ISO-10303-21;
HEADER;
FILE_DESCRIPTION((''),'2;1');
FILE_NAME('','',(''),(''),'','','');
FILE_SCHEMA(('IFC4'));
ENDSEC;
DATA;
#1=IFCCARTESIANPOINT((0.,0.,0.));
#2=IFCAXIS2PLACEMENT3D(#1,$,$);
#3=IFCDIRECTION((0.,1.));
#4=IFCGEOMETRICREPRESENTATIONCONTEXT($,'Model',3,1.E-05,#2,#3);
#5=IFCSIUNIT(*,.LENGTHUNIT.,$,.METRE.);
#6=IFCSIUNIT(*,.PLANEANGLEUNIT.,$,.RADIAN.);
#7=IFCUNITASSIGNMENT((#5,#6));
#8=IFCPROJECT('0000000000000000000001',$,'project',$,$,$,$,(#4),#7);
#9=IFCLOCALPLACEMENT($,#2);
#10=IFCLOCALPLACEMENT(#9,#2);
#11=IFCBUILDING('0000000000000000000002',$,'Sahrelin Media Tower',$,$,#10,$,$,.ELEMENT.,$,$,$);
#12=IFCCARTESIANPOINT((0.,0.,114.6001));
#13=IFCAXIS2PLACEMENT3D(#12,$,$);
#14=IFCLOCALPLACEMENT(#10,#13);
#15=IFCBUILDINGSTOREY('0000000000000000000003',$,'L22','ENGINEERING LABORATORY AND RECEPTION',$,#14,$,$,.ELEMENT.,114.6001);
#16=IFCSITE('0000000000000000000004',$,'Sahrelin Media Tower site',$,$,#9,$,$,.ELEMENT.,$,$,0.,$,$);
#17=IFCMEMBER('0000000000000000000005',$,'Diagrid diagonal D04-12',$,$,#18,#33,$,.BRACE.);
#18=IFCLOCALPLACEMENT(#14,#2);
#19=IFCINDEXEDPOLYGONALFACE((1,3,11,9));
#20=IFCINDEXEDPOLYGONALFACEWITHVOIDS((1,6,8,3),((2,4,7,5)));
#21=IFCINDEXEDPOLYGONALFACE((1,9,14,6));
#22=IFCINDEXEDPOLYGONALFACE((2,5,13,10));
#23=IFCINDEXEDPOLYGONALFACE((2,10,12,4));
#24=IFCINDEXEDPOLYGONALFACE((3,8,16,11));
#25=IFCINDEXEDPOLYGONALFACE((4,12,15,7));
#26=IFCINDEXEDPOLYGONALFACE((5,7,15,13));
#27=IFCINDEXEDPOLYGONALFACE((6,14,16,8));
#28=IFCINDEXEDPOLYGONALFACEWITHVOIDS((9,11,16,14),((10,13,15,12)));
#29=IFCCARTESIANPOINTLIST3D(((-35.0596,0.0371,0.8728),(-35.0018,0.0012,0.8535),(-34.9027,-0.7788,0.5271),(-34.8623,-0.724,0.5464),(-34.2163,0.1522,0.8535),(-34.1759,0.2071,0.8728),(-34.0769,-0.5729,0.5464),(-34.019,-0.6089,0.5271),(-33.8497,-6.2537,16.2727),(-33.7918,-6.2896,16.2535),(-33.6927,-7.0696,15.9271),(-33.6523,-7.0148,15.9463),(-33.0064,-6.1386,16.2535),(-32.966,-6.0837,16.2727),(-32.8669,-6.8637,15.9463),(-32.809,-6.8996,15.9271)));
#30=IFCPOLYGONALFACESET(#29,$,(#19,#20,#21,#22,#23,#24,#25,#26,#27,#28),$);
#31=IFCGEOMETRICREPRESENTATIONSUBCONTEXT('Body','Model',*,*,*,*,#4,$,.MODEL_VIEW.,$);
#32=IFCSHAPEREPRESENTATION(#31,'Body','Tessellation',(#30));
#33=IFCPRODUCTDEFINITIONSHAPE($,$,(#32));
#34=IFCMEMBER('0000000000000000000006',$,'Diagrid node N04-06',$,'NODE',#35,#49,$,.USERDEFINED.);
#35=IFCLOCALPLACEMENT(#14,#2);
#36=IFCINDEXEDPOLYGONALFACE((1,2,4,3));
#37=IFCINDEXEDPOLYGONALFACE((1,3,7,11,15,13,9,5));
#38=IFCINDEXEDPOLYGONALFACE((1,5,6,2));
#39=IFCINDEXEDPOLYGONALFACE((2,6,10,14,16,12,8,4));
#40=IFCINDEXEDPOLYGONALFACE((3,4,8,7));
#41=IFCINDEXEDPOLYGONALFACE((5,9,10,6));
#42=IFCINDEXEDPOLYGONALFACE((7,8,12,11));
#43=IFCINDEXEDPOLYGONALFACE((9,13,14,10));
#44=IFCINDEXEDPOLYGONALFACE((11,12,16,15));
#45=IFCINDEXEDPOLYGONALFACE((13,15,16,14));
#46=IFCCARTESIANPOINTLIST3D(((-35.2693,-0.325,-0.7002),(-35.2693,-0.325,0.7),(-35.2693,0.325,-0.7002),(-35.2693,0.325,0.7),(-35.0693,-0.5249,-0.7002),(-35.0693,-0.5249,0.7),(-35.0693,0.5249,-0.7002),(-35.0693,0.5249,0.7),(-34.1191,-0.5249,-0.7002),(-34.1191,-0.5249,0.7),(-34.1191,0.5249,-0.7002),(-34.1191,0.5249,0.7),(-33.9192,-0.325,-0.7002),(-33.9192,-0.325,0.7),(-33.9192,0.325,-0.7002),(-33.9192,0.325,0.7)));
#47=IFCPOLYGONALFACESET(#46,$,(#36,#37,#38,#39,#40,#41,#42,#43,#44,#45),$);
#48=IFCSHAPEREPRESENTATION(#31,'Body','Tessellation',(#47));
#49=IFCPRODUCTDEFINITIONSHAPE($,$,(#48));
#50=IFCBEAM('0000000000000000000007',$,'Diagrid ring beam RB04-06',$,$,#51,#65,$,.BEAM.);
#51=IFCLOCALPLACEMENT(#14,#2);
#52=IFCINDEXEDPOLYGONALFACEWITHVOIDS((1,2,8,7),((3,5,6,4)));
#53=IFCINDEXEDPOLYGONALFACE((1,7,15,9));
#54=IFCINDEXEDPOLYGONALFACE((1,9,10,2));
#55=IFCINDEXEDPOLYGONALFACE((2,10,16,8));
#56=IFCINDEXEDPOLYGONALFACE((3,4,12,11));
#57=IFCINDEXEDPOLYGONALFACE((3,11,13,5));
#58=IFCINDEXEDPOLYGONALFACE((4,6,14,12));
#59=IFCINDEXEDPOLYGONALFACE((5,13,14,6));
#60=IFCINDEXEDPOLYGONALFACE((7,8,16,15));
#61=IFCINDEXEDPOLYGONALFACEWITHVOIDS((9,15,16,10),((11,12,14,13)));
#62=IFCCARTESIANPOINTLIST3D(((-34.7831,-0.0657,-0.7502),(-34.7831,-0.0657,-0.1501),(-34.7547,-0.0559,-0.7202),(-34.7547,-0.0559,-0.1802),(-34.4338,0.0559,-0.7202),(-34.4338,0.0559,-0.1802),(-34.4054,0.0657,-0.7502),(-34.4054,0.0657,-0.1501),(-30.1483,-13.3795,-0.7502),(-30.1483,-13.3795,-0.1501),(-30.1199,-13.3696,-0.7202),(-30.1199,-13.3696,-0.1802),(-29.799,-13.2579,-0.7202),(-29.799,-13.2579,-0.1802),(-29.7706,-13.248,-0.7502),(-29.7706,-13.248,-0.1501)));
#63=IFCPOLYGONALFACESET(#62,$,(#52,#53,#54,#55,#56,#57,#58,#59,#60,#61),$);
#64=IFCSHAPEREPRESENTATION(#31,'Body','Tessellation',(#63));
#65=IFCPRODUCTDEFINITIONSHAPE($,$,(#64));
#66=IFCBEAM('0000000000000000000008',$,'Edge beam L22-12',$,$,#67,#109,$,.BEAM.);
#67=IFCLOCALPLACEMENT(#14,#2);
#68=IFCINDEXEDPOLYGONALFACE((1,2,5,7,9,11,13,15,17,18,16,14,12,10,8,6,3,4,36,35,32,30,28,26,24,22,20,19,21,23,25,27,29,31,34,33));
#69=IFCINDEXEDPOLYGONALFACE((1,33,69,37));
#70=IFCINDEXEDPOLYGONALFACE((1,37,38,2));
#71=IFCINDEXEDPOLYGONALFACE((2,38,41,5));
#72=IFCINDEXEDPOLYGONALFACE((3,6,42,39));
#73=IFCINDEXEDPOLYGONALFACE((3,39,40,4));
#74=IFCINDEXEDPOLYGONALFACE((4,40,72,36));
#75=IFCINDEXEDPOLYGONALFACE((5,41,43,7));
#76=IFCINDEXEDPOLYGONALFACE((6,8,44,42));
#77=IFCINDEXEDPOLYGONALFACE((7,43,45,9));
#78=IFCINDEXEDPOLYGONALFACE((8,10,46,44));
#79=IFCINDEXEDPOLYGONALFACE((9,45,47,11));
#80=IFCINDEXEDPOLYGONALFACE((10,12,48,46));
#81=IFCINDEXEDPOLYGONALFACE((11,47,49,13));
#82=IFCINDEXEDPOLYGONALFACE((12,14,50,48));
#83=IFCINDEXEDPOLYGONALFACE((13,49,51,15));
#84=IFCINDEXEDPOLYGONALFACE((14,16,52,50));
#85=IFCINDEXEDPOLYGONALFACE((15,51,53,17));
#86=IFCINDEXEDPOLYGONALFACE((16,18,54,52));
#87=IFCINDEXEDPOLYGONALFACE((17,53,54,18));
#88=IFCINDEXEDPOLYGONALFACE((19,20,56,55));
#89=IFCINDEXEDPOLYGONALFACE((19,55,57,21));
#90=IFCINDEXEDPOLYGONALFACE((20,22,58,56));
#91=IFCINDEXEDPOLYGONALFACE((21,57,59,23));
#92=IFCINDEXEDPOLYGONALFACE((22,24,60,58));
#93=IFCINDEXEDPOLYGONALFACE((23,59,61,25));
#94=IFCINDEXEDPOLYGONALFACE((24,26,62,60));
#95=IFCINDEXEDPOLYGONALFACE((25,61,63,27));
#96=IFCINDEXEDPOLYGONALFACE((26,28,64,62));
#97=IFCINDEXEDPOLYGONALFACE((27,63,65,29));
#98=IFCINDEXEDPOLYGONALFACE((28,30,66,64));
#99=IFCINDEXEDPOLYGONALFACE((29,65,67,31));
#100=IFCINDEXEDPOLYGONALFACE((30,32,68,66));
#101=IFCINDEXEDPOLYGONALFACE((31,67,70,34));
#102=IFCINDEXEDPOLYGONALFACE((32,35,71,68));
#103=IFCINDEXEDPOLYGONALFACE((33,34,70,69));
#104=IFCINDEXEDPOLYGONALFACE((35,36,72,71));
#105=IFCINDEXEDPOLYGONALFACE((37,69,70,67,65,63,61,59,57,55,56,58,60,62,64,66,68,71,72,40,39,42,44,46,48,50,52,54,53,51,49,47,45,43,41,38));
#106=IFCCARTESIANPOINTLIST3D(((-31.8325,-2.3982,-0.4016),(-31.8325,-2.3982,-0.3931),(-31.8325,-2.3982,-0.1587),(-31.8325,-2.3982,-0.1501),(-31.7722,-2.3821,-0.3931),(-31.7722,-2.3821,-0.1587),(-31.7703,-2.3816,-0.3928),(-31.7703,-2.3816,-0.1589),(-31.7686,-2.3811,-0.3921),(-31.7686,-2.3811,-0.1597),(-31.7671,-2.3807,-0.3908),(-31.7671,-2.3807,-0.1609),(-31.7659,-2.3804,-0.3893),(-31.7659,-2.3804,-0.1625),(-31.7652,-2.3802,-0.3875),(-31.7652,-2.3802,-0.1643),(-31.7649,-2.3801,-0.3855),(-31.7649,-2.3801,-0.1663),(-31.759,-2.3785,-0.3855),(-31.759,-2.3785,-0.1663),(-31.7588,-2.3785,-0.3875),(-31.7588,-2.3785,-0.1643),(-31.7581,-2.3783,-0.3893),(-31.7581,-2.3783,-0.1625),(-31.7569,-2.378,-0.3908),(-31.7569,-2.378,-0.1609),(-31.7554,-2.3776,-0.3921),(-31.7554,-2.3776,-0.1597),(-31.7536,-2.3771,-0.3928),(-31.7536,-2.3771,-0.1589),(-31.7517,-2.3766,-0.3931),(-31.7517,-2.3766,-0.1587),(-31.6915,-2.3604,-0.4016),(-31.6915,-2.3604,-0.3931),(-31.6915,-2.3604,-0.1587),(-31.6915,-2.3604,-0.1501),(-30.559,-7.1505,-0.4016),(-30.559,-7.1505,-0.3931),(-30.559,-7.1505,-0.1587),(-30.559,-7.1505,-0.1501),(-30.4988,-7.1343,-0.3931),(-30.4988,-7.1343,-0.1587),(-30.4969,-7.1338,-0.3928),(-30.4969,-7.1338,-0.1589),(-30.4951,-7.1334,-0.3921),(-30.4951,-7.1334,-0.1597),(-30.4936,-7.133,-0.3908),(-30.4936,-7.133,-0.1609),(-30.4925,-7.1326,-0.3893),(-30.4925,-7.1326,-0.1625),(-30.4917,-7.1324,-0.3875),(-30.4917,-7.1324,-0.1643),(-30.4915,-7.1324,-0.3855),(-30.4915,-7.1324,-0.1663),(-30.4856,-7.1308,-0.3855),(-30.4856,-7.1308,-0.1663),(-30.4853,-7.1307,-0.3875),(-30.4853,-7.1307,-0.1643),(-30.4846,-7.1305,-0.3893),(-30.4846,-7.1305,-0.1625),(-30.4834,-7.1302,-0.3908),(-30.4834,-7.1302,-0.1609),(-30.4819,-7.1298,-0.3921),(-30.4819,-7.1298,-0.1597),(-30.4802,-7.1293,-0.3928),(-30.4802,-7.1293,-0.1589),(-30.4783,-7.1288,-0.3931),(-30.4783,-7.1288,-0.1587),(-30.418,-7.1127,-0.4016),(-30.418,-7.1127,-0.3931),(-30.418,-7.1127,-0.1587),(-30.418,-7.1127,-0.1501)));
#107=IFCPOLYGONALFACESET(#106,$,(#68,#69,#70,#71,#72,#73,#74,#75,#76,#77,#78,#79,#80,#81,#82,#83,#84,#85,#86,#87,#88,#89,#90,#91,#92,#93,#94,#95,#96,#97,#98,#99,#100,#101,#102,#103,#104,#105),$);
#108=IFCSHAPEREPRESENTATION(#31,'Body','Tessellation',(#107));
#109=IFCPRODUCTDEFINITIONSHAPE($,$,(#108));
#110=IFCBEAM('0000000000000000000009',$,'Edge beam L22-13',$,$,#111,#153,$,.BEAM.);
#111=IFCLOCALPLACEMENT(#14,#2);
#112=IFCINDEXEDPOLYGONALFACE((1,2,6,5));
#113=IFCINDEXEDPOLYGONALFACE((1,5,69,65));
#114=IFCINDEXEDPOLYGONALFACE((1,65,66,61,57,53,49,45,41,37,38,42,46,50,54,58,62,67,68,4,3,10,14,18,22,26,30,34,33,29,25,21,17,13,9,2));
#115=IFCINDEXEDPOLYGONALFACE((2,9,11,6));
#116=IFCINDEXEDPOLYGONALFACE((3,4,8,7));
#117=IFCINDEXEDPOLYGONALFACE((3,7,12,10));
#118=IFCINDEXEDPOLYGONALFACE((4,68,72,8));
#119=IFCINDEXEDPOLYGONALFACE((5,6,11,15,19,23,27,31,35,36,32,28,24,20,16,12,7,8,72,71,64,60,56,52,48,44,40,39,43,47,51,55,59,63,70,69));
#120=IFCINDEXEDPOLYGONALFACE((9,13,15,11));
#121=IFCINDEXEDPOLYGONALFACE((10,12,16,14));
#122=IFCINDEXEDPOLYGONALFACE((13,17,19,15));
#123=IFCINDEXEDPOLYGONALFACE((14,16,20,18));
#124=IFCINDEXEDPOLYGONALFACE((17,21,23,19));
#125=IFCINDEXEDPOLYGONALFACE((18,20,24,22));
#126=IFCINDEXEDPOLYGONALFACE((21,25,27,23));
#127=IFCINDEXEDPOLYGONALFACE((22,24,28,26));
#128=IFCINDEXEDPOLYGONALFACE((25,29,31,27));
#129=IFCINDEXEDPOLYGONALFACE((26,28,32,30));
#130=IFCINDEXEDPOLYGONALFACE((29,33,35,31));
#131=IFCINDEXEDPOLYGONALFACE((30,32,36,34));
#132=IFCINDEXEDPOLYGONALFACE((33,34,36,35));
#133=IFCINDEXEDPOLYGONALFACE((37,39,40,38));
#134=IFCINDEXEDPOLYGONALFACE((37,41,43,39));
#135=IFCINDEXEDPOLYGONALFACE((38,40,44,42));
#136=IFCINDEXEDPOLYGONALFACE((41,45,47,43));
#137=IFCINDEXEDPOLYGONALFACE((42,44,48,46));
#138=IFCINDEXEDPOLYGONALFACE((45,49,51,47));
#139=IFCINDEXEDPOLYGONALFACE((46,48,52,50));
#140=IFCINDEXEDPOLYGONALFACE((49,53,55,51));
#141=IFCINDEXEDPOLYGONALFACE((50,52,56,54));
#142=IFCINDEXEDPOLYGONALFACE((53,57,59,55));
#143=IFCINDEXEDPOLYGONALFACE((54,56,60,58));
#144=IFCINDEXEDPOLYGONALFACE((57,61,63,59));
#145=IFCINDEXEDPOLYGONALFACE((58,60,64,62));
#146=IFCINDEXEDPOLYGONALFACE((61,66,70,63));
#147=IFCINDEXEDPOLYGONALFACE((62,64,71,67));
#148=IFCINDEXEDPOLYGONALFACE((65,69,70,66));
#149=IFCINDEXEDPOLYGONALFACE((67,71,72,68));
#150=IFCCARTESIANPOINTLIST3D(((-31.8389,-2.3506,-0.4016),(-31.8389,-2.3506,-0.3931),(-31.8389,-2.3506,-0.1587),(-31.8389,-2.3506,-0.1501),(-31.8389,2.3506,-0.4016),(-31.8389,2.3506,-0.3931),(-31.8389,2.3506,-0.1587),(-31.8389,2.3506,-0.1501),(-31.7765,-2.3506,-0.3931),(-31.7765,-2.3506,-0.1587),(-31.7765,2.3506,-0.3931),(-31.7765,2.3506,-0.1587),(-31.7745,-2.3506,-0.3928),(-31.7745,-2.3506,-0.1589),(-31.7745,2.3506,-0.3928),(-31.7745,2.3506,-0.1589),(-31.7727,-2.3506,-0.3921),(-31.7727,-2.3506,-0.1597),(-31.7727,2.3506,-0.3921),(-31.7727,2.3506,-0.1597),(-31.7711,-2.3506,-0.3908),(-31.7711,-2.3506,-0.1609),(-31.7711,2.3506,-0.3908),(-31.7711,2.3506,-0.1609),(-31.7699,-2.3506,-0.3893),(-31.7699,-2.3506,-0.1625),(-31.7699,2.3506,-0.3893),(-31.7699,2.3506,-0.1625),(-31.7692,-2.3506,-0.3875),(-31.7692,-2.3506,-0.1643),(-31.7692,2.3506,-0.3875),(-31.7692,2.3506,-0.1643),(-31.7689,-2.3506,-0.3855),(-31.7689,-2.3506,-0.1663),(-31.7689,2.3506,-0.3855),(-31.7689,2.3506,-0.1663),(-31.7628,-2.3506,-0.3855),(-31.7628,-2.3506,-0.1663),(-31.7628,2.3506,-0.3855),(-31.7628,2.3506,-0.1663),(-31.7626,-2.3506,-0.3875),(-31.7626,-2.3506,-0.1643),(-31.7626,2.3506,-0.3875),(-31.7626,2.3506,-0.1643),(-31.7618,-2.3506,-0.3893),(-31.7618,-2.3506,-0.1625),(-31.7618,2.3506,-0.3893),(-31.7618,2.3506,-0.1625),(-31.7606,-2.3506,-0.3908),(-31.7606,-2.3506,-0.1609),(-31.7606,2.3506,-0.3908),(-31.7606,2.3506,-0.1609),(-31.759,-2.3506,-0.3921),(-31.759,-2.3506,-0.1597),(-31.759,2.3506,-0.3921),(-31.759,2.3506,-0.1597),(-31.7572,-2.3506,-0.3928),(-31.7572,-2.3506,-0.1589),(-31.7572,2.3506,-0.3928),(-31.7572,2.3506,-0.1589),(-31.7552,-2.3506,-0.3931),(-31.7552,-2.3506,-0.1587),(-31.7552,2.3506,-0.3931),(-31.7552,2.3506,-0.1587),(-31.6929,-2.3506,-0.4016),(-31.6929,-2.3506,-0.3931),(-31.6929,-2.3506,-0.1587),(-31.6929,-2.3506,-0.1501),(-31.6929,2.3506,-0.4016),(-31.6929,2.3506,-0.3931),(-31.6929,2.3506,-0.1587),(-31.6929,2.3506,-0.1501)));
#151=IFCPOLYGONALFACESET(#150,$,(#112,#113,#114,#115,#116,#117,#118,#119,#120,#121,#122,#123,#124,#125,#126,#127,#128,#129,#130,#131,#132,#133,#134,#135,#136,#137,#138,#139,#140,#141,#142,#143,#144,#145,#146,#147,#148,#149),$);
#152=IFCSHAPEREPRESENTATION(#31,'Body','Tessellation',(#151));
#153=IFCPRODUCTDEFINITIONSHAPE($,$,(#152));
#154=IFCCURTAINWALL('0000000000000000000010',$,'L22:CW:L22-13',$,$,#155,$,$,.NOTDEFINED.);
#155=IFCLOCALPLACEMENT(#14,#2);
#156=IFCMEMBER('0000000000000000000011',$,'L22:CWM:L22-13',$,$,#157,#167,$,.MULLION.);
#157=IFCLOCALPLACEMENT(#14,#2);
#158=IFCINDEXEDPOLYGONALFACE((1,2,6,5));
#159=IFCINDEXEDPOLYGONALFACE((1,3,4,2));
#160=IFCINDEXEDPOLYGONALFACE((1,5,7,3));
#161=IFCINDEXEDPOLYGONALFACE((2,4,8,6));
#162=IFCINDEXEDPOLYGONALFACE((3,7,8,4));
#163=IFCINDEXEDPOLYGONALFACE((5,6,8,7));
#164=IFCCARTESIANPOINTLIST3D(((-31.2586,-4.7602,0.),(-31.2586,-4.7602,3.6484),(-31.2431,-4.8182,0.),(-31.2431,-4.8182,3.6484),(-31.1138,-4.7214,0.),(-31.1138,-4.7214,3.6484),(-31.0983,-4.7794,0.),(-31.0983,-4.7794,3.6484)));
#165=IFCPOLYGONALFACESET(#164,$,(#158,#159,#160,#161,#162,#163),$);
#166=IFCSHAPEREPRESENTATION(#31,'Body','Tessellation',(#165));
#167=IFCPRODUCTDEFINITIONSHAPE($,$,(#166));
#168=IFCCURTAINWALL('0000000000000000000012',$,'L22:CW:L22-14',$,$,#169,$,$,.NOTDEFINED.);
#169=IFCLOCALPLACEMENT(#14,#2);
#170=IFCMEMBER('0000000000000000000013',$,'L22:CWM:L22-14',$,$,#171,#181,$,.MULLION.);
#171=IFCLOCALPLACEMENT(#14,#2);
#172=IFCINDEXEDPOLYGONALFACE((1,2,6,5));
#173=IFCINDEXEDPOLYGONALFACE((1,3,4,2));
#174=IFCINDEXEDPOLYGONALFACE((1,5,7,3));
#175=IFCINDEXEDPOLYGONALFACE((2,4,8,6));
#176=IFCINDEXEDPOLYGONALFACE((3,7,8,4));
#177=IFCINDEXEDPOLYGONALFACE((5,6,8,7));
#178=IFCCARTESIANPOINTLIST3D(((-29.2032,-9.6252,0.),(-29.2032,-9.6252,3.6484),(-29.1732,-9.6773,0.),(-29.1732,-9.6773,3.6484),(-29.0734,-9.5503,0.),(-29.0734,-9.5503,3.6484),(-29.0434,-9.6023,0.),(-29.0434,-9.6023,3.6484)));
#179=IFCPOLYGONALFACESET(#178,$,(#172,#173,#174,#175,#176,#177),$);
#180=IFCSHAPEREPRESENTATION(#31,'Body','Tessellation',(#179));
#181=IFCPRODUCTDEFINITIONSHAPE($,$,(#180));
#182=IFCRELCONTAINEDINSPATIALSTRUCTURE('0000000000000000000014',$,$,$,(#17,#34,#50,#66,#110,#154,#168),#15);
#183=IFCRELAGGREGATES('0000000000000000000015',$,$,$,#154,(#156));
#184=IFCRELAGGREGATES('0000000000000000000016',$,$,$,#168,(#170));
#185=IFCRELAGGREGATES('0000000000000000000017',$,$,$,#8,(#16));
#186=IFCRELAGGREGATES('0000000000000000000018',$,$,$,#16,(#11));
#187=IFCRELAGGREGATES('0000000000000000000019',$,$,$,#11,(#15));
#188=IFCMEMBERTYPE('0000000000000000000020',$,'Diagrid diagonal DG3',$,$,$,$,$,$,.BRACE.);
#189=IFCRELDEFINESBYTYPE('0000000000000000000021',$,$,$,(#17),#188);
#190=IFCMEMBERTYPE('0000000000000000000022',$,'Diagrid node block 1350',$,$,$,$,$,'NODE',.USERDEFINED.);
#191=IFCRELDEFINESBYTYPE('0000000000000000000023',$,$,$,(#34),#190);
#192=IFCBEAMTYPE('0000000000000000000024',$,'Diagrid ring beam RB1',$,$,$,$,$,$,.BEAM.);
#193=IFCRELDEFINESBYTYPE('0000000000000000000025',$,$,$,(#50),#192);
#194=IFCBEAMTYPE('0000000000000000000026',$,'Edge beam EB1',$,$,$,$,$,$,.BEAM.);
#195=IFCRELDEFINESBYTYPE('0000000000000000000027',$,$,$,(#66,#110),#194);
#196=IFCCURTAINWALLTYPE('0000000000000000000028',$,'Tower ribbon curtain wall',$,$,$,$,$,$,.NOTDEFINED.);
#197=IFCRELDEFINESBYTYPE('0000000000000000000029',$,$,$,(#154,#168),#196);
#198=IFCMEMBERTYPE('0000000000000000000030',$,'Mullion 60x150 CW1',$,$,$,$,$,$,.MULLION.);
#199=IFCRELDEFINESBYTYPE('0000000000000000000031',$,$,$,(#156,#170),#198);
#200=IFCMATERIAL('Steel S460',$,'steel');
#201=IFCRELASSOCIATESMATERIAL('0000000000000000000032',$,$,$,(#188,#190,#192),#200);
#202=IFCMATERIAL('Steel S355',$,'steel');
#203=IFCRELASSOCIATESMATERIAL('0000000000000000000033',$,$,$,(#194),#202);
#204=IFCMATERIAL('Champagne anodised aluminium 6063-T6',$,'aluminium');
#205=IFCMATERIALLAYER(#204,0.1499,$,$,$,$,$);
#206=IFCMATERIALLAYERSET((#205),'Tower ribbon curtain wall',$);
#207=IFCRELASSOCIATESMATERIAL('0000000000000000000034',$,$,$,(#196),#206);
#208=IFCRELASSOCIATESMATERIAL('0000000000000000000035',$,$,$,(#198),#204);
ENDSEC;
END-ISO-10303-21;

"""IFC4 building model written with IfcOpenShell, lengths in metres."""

from ifc_helpers import new_model, si_unit, direction, frame, origin, origin_2d, place, context, subcontext, project, spatial, polyline, rectangle, hollow_rectangle, i_section, outline, extrude, material, layer, layer_set, material_profile, profile_set, type_object, element, aggregate, save


model = new_model("IFC4")

# Units and contexts
model_context = context("Model", 3, precision=1e-05, world=origin(), true_north=direction((0.0, 1.0)))
body_context = subcontext(model_context, "Body", "Model", "MODEL_VIEW")
ifc_project = project(units=[si_unit("LENGTHUNIT", "METRE"), si_unit("PLANEANGLEUNIT", "RADIAN")], contexts=[model_context])

# Site, building, storey
site_placement = place(None, origin())
site = spatial("IfcSite", under=ifc_project, at=site_placement, Name="Sahrelin Media Tower site", CompositionType="ELEMENT", RefElevation=0.0)
building_placement = place(site_placement, origin())
building = spatial("IfcBuilding", under=site, at=building_placement, Name="Sahrelin Media Tower", CompositionType="ELEMENT")
storey_placement = place(building_placement, frame((0.0, 0.0, 114.6001)))
storey = spatial("IfcBuildingStorey", under=building, at=storey_placement, Name="L22", Description="ENGINEERING LABORATORY AND RECEPTION", CompositionType="ELEMENT", Elevation=114.6001)

# Members
ifc_material_1 = material(Name="Steel S460", Category="steel")
ifc_material_profile_1 = material_profile(ifc_material_1, hollow_rectangle(XDim=0.8999, YDim=0.8999, WallThickness=0.05, at=origin_2d()), Name="Diagrid diagonal DG3")
ifc_profile_set_1 = profile_set([ifc_material_profile_1], Name="Steel S460")
member_type_1 = type_object("IfcMemberType", Name="Diagrid diagonal DG3", PredefinedType="BRACE", material=ifc_profile_set_1)
member_1_placement = place(storey_placement, frame((-34.5393, -0.2859, 0.7), z_axis=(0.072543, -0.377163, 0.923301), x_axis=(0.982001, 0.188877, 0.0)))
element("IfcMember", 1, at=member_1_placement, inside=storey, type_object=member_type_1, Name="Diagrid diagonal D04-12", PredefinedType="BRACE", context=body_context, shape_type="SweptSolid", body=[
    extrude(hollow_rectangle(XDim=0.8999, YDim=0.8999, WallThickness=0.05, at=origin_2d()), origin(), (0.0, 0.0, 1.0), 16.6792),
])
ifc_material_profile_2 = material_profile(ifc_material_1, outline(polyline([(0.4751, -0.5249), (0.675, -0.325), (0.675, 0.325), (0.4751, 0.5249), (-0.4751, 0.5249), (-0.675, 0.325), (-0.675, -0.325), (-0.4751, -0.5249), (0.4751, -0.5249)])), Name="Diagrid node block 1350")
ifc_profile_set_2 = profile_set([ifc_material_profile_2], Name="Steel S460")
member_type_2 = type_object("IfcMemberType", Name="Diagrid node block 1350", ElementType="NODE", PredefinedType="USERDEFINED", material=ifc_profile_set_2)
member_2_placement = place(storey_placement, frame((-34.5942, 0.0, -0.7002), z_axis=(0.0, 0.0, 1.0), x_axis=(-1.0, 0.0, 0.0)))
element("IfcMember", 2, at=member_2_placement, inside=storey, type_object=member_type_2, Name="Diagrid node N04-06", ObjectType="NODE", PredefinedType="USERDEFINED", context=body_context, shape_type="SweptSolid", body=[
    extrude(outline(polyline([(0.4751, -0.5249), (0.675, -0.325), (0.675, 0.325), (0.4751, 0.5249), (-0.4751, 0.5249), (-0.675, 0.325), (-0.675, -0.325), (-0.4751, -0.5249), (0.4751, -0.5249)])), origin(), (0.0, 0.0, 1.0), 1.4001),
])

# Beams
ifc_material_profile_3 = material_profile(ifc_material_1, hollow_rectangle(XDim=0.3999, YDim=0.6001, WallThickness=0.03, at=origin_2d()), Name="Diagrid ring beam RB1")
ifc_profile_set_3 = profile_set([ifc_material_profile_3], Name="Steel S460")
beam_type_1 = type_object("IfcBeamType", Name="Diagrid ring beam RB1", PredefinedType="BEAM", material=ifc_profile_set_3)
beam_1_placement = place(storey_placement, frame((-34.5942, 0.0, -0.4502), z_axis=(0.328768, -0.944411, 0.0), x_axis=(0.944411, 0.328768, 0.0)))
element("IfcBeam", 3, at=beam_1_placement, inside=storey, type_object=beam_type_1, Name="Diagrid ring beam RB04-06", PredefinedType="BEAM", context=body_context, shape_type="SweptSolid", body=[
    extrude(hollow_rectangle(XDim=0.3999, YDim=0.6001, WallThickness=0.03, at=origin_2d()), origin(), (0.0, 0.0, 1.0), 14.0974),
])
ifc_material_2 = material(Name="Steel S355", Category="steel")
ifc_material_profile_4 = material_profile(ifc_material_2, i_section(OverallWidth=0.146, OverallDepth=0.2515, WebThickness=0.0061, FlangeThickness=0.0085, FilletRadius=0.0076, at=origin_2d()), Name="UB 254x146x31")
ifc_profile_set_4 = profile_set([ifc_material_profile_4], Name="Steel S355")
beam_type_2 = type_object("IfcBeamType", Name="Edge beam EB1", PredefinedType="BEAM", material=ifc_profile_set_4)
beam_2_placement = place(storey_placement, frame((-30.4885, -7.1316, -0.2759), z_axis=(-0.258836, 0.965921, 0.0), x_axis=(-0.965921, -0.258836, 0.0)))
element("IfcBeam", 4, at=beam_2_placement, inside=storey, type_object=beam_type_2, Name="Edge beam L22-12", PredefinedType="BEAM", context=body_context, shape_type="SweptSolid", body=[
    extrude(i_section(OverallWidth=0.146, OverallDepth=0.2515, WebThickness=0.0061, FlangeThickness=0.0085, FilletRadius=0.0076, at=origin_2d()), origin(), (0.0, 0.0, 1.0), 4.9199),
])
beam_3_placement = place(storey_placement, frame((-31.7659, -2.3506, -0.2759), z_axis=(0.0, 1.0, 0.0), x_axis=(-1.0, 0.0, 0.0)))
element("IfcBeam", 5, at=beam_3_placement, inside=storey, type_object=beam_type_2, Name="Edge beam L22-13", PredefinedType="BEAM", context=body_context, shape_type="SweptSolid", body=[
    extrude(i_section(OverallWidth=0.146, OverallDepth=0.2515, WebThickness=0.0061, FlangeThickness=0.0085, FilletRadius=0.0076, at=origin_2d()), origin(), (0.0, 0.0, 1.0), 4.7012),
])

# Curtain walls, members
ifc_material_3 = material(Name="Champagne anodised aluminium 6063-T6", Category="aluminium")
ifc_layer_1 = layer(ifc_material_3, 0.1499)
ifc_layer_set_1 = layer_set([ifc_layer_1], Name="Tower ribbon curtain wall")
curtain_wall_type = type_object("IfcCurtainWallType", Name="Tower ribbon curtain wall", PredefinedType="NOTDEFINED", material=ifc_layer_set_1)
curtain_wall_1_placement = place(storey_placement, frame((-31.2703, -4.7942, 0.0), z_axis=(0.0, 0.0, 1.0), x_axis=(1.0, 0.0, 0.0)))
curtain_wall_1 = element("IfcCurtainWall", 6, at=curtain_wall_1_placement, inside=storey, type_object=curtain_wall_type, Name="L22:CW:L22-13", PredefinedType="NOTDEFINED")
ifc_material_profile_5 = material_profile(ifc_material_3, rectangle(XDim=0.0601, YDim=0.1499, at=origin_2d()), Name="Mullion 60x150")
ifc_profile_set_5 = profile_set([ifc_material_profile_5], Name="Champagne anodised aluminium 6063-T6")
member_type_3 = type_object("IfcMemberType", Name="Mullion 60x150 CW1", PredefinedType="MULLION", material=ifc_profile_set_5)
member_3_placement = place(storey_placement, frame((-31.1785, -4.7698, 0.0), z_axis=(0.0, 0.0, 1.0), x_axis=(0.258836, -0.965921, 0.0)))
member_3 = element("IfcMember", 7, at=member_3_placement, type_object=member_type_3, Name="L22:CWM:L22-13", PredefinedType="MULLION", context=body_context, shape_type="SweptSolid", body=[
    extrude(rectangle(XDim=0.0601, YDim=0.1499, at=origin_2d()), origin(), (0.0, 0.0, 1.0), 3.6484),
])
curtain_wall_2_placement = place(storey_placement, frame((-29.2056, -9.6611, 0.0), z_axis=(0.0, 0.0, 1.0), x_axis=(1.0, 0.0, 0.0)))
curtain_wall_2 = element("IfcCurtainWall", 8, at=curtain_wall_2_placement, inside=storey, type_object=curtain_wall_type, Name="L22:CW:L22-14", PredefinedType="NOTDEFINED")
member_4_placement = place(storey_placement, frame((-29.1233, -9.6138, 0.0), z_axis=(0.0, 0.0, 1.0), x_axis=(0.499991, -0.866031, 0.0)))
member_4 = element("IfcMember", 9, at=member_4_placement, type_object=member_type_3, Name="L22:CWM:L22-14", PredefinedType="MULLION", context=body_context, shape_type="SweptSolid", body=[
    extrude(rectangle(XDim=0.0601, YDim=0.1499, at=origin_2d()), origin(), (0.0, 0.0, 1.0), 3.6484),
])

aggregate(curtain_wall_1, [member_3])
aggregate(curtain_wall_2, [member_4])

save(model, "model.ifc")
